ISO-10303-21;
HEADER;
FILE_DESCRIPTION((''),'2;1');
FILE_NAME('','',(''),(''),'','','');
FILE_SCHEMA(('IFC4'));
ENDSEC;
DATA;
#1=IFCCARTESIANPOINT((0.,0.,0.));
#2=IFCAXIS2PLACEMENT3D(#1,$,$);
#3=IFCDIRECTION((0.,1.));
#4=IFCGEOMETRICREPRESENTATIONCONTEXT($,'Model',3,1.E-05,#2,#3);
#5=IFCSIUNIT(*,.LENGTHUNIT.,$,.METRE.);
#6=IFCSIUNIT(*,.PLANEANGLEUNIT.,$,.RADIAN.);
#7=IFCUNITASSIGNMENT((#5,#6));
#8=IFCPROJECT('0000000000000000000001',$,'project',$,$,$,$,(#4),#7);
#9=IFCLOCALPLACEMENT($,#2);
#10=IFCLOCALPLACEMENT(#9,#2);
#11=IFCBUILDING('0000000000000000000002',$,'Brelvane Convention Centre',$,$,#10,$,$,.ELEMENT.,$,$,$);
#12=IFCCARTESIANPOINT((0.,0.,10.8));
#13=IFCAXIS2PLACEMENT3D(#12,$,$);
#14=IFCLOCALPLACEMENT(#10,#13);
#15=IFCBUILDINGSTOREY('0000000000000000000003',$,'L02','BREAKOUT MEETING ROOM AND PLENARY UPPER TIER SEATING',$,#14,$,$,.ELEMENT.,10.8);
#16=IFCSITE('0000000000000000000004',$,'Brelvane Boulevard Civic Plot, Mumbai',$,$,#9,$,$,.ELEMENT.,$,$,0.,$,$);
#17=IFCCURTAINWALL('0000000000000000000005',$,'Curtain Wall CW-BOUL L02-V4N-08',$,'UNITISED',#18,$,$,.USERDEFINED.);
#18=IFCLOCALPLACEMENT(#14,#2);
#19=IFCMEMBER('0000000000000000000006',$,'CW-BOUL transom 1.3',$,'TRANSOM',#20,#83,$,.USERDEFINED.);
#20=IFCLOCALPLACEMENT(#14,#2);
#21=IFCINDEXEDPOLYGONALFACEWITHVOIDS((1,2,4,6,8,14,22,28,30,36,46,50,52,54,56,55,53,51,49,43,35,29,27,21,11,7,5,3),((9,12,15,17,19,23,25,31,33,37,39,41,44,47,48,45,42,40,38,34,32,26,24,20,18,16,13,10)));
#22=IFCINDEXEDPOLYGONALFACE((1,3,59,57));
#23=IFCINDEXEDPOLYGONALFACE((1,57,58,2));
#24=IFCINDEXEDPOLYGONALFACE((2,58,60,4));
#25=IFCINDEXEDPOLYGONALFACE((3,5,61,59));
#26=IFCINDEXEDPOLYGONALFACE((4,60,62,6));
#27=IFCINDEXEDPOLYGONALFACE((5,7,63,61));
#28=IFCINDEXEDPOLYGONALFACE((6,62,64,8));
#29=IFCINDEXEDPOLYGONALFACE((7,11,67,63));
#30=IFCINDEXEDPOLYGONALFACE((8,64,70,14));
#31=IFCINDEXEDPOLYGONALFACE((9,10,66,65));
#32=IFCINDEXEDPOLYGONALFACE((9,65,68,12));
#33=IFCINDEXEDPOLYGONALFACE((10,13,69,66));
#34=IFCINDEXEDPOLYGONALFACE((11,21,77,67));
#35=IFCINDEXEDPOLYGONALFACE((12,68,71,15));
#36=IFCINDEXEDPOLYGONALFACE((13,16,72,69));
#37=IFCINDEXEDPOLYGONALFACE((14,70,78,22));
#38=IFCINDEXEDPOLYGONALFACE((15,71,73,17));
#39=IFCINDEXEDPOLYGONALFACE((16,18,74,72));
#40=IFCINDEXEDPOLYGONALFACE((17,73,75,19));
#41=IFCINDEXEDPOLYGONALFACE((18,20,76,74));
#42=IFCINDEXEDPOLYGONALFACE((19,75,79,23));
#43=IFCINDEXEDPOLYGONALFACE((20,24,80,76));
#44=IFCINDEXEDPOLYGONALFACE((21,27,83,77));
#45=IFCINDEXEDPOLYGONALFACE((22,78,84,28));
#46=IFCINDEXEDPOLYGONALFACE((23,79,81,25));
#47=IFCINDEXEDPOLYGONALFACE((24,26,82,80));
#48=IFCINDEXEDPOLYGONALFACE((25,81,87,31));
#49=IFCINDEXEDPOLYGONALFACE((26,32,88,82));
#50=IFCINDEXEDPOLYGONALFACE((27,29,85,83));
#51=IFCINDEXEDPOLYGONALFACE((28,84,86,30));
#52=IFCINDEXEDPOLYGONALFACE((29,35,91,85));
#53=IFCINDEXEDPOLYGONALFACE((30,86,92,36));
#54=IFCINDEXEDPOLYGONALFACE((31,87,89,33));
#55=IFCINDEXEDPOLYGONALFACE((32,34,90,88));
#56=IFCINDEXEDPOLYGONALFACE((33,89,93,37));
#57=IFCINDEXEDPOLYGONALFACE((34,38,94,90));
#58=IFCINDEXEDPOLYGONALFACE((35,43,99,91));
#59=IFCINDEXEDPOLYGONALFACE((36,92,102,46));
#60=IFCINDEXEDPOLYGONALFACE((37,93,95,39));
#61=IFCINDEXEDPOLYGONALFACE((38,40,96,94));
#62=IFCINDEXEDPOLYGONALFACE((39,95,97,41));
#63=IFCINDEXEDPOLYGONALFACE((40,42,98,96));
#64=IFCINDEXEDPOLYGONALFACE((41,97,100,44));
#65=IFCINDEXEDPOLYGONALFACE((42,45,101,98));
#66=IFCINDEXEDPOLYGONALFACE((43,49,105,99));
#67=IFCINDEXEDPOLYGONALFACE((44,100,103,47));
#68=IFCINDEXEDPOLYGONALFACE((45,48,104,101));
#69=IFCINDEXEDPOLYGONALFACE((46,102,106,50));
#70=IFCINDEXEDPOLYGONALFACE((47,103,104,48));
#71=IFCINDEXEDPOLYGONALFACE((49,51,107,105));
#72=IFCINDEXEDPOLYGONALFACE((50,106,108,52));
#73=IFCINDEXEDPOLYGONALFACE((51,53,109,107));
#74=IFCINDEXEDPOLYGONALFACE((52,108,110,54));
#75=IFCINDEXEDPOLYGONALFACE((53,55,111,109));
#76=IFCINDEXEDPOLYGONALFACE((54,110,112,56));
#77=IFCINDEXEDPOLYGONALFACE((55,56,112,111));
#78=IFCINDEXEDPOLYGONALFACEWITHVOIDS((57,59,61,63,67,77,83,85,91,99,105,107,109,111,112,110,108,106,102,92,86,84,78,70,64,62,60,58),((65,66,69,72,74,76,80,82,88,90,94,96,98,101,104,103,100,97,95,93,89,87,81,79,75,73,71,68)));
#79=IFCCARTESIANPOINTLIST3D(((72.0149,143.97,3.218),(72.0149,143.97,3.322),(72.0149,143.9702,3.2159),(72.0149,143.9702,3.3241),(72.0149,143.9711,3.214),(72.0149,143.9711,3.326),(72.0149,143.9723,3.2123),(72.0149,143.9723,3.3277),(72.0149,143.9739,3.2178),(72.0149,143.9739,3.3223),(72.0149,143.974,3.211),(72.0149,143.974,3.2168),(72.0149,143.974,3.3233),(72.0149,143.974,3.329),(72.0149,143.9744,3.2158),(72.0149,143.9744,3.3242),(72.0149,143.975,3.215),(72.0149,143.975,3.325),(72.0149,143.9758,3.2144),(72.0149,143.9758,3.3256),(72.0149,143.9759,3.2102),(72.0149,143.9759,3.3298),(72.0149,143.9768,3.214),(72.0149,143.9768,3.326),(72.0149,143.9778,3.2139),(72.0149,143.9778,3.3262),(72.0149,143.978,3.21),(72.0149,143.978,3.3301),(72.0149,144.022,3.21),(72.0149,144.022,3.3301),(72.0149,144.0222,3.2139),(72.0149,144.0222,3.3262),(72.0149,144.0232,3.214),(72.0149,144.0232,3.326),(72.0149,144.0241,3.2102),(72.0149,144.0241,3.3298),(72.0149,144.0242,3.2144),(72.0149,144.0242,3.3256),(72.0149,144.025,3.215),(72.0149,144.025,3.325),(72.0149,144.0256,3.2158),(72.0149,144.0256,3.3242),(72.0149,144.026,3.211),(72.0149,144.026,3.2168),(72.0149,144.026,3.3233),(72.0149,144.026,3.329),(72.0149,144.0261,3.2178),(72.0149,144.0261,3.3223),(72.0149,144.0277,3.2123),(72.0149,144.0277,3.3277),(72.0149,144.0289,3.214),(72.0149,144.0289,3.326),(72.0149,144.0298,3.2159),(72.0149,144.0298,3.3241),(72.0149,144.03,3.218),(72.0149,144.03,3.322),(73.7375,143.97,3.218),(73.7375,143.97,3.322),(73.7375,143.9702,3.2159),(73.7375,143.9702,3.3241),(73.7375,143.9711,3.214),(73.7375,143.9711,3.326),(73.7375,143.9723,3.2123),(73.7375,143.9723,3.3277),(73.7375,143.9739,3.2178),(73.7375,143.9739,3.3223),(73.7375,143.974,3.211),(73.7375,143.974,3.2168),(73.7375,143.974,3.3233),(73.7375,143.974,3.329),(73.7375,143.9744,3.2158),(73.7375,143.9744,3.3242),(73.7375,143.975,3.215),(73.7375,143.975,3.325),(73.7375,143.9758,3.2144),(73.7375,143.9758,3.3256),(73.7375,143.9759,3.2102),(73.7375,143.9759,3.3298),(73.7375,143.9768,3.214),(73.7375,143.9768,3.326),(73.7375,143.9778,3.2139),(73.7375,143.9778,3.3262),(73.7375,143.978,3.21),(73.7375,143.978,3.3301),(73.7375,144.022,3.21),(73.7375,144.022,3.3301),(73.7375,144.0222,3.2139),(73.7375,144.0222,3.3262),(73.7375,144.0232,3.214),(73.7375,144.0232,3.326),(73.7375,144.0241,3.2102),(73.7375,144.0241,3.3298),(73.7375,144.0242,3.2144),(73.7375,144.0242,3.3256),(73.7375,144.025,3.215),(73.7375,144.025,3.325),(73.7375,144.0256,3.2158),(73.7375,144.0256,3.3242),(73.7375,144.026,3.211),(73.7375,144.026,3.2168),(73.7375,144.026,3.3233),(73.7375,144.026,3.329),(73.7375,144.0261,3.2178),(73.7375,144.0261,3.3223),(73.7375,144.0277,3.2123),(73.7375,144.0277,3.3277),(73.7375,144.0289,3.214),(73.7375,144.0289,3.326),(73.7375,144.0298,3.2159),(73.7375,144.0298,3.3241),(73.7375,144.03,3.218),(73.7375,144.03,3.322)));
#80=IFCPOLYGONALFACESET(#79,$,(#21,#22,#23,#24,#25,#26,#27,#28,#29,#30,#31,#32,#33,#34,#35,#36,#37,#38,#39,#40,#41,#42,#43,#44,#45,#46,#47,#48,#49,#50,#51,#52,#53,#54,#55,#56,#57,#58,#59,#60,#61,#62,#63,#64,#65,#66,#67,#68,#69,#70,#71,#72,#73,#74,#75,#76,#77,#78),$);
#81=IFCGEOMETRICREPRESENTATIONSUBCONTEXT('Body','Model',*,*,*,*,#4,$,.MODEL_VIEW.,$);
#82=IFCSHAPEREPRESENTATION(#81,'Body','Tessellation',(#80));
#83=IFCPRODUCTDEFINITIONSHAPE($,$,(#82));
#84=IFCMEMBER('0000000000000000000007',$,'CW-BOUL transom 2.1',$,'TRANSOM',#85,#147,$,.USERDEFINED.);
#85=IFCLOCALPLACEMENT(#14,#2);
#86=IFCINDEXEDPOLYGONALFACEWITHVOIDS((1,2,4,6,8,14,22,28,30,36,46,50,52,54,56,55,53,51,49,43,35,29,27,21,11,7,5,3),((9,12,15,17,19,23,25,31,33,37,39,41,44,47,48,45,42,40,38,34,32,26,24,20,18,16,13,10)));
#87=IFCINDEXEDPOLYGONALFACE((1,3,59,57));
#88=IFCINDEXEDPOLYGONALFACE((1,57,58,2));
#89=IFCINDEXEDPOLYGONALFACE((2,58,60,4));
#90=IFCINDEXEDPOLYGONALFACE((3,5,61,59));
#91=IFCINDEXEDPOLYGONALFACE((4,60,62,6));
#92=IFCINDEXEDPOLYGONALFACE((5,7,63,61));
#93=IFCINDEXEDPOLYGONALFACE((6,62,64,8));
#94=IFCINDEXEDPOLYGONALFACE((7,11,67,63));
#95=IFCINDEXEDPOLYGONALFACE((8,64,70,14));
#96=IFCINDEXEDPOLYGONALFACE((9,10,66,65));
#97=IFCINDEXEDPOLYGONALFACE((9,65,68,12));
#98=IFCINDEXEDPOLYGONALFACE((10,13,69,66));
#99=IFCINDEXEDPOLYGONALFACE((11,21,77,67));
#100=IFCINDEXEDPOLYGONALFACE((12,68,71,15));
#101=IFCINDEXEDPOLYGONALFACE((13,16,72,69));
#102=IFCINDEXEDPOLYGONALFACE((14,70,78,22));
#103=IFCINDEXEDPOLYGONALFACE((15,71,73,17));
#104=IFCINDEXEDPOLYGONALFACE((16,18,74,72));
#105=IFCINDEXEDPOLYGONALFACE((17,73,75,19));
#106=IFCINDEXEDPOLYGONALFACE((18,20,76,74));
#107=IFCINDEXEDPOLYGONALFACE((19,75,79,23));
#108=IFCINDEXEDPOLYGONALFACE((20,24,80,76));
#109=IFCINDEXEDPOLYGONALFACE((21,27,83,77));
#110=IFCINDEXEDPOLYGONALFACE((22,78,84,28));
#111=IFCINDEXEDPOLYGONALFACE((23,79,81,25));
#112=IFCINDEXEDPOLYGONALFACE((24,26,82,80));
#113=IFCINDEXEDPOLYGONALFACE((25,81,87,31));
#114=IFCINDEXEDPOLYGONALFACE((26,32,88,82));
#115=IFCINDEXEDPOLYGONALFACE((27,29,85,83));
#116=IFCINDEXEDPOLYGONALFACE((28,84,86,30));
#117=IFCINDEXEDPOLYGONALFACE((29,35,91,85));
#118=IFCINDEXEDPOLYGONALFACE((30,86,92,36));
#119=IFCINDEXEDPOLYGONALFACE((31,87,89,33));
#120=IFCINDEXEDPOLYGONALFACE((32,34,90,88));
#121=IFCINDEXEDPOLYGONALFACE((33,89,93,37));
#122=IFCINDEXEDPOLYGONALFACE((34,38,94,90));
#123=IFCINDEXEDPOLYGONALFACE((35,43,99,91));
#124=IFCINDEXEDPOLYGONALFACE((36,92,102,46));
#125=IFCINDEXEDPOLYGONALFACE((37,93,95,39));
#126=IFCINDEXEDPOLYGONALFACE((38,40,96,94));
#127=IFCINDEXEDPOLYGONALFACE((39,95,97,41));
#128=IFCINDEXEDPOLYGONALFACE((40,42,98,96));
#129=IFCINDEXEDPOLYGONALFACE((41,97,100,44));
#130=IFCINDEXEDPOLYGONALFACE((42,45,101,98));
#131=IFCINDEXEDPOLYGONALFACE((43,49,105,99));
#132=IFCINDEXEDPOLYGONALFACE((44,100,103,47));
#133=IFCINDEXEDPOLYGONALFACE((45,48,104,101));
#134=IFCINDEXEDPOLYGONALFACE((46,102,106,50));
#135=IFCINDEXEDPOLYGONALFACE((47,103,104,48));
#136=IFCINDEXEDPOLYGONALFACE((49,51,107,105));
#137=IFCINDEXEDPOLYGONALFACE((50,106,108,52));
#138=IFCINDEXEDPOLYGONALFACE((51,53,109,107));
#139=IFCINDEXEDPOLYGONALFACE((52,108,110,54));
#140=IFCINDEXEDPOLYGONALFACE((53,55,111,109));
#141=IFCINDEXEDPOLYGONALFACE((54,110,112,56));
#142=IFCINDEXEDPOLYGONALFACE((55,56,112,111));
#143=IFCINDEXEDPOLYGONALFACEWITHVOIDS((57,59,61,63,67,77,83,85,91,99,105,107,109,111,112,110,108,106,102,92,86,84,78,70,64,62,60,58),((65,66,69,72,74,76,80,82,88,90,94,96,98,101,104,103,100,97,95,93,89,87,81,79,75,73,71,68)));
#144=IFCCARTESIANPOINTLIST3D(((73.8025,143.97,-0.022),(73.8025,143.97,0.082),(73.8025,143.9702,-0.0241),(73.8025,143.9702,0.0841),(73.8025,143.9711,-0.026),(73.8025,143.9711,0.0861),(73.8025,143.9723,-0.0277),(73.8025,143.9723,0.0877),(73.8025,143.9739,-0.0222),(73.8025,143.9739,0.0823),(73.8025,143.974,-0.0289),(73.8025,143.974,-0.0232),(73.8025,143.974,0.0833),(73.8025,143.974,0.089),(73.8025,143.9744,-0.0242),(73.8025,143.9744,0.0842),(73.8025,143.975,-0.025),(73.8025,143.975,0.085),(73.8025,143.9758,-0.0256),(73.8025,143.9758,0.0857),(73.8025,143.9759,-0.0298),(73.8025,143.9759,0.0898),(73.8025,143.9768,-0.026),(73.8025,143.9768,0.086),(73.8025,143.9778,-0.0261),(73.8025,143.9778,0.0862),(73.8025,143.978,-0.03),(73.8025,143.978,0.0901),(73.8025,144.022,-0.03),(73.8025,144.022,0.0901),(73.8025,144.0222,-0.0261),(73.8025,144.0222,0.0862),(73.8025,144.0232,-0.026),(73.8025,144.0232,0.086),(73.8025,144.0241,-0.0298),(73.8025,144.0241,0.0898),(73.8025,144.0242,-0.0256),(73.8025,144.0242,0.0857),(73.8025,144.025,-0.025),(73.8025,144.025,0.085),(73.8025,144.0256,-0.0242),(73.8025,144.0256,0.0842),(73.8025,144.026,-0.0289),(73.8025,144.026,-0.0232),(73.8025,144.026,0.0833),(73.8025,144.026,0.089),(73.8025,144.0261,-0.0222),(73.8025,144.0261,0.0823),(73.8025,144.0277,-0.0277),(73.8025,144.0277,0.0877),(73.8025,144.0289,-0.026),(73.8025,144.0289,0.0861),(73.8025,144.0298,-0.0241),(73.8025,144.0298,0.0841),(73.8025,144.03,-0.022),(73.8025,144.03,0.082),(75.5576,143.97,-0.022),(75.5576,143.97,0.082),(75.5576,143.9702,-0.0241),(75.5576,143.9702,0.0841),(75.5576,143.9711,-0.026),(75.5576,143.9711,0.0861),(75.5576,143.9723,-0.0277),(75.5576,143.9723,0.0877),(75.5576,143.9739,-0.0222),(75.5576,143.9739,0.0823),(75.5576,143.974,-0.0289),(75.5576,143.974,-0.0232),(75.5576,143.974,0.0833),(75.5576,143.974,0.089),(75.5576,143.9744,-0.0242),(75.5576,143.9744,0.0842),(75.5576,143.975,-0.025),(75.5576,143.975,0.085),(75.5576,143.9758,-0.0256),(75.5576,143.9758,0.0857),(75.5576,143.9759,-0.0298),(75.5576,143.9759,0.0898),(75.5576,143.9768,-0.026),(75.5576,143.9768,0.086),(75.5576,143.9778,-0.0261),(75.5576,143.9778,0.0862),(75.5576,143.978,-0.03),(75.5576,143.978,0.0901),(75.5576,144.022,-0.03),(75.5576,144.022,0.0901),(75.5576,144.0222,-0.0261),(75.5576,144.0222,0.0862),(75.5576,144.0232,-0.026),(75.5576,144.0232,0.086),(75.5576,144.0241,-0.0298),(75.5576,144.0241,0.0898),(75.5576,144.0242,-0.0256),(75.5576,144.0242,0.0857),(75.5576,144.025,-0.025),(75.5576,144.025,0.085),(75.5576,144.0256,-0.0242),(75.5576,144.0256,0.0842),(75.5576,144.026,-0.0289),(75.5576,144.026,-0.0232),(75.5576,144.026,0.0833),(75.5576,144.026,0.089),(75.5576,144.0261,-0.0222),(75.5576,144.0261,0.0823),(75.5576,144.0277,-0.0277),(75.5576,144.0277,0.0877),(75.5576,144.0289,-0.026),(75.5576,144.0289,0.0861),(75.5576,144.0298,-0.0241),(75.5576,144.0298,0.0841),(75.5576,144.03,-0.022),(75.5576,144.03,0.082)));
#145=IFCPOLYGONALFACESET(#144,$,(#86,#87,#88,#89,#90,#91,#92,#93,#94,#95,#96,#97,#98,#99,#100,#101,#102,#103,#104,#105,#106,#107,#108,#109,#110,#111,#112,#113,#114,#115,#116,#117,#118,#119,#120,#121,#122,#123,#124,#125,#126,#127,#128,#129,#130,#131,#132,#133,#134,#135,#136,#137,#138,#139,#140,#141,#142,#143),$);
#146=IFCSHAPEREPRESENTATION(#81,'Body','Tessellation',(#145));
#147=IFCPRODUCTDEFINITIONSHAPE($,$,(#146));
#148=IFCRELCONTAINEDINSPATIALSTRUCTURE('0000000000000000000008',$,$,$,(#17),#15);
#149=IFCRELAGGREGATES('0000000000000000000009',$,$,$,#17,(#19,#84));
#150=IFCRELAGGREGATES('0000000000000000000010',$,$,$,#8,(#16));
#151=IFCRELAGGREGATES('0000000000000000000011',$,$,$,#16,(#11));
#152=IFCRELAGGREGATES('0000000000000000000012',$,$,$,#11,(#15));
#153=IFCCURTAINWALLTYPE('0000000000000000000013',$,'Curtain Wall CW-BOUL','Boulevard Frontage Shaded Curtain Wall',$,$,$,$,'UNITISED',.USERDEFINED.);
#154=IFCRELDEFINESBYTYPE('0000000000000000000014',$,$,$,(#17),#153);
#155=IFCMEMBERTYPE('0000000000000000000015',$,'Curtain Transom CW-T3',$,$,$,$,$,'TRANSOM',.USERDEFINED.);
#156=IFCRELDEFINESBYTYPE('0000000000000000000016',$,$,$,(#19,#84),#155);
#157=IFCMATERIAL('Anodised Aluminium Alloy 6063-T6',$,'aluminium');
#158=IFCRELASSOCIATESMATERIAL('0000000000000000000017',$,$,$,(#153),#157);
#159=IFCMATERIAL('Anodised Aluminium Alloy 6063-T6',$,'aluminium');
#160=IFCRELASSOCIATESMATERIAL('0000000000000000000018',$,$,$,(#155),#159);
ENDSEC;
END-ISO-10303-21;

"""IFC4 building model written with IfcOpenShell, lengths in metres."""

from ifc_helpers import new_model, si_unit, direction, frame, origin, origin_2d, place, context, subcontext, project, spatial, hollow_rectangle, extrude, material, material_profile, profile_set, type_object, element, aggregate, save


model = new_model("IFC4")

# Units and contexts
model_context = context("Model", 3, precision=1e-05, world=origin(), true_north=direction((0.0, 1.0)))
body_context = subcontext(model_context, "Body", "Model", "MODEL_VIEW")
ifc_project = project(units=[si_unit("LENGTHUNIT", "METRE"), si_unit("PLANEANGLEUNIT", "RADIAN")], contexts=[model_context])

# Site, building, storey
site_placement = place(None, origin())
site = spatial("IfcSite", under=ifc_project, at=site_placement, Name="Brelvane Boulevard Civic Plot, Mumbai", CompositionType="ELEMENT", RefElevation=0.0)
building_placement = place(site_placement, origin())
building = spatial("IfcBuilding", under=site, at=building_placement, Name="Brelvane Convention Centre", CompositionType="ELEMENT")
storey_placement = place(building_placement, frame((0.0, 0.0, 10.8)))
storey = spatial("IfcBuildingStorey", under=building, at=storey_placement, Name="L02", Description="BREAKOUT MEETING ROOM AND PLENARY UPPER TIER SEATING", CompositionType="ELEMENT", Elevation=10.8)

# Shared definitions
ifc_material_1 = material(Name="Anodised Aluminium Alloy 6063-T6", Category="aluminium")
curtain_wall_type = type_object("IfcCurtainWallType", Name="Curtain Wall CW-BOUL", Description="Boulevard Frontage Shaded Curtain Wall", ElementType="UNITISED", PredefinedType="USERDEFINED", material=ifc_material_1)

# Curtain wall
curtain_wall_1_placement = place(storey_placement, origin())
curtain_wall_1 = element("IfcCurtainWall", 1, at=curtain_wall_1_placement, inside=storey, type_object=curtain_wall_type, Name="Curtain Wall CW-BOUL L02-V4N-08", ObjectType="UNITISED", PredefinedType="USERDEFINED")

# Members
ifc_material_2 = material(Name="Anodised Aluminium Alloy 6063-T6", Category="aluminium")
ifc_material_profile_1 = material_profile(ifc_material_2, hollow_rectangle(XDim=0.0601, YDim=0.1201, WallThickness=0.0039, InnerFilletRadius=0.0039, OuterFilletRadius=0.0081, at=origin_2d()), Name="ALU-T 120x60x4.0")
ifc_profile_set_1 = profile_set([ifc_material_profile_1], Name="Anodised Aluminium Alloy 6063-T6")
member_type_1 = type_object("IfcMemberType", Name="Curtain Transom CW-T3", ElementType="TRANSOM", PredefinedType="USERDEFINED", material=ifc_profile_set_1)
member_1_placement = place(storey_placement, frame((72.0149, 144.0, 3.27), z_axis=(1.0, 0.0, 0.0), x_axis=(0.0, 1.0, 0.0)))
member_1 = element("IfcMember", 2, at=member_1_placement, type_object=member_type_1, Name="CW-BOUL transom 1.3", ObjectType="TRANSOM", PredefinedType="USERDEFINED", context=body_context, shape_type="SweptSolid", body=[
    extrude(hollow_rectangle(XDim=0.0601, YDim=0.1201, WallThickness=0.0039, InnerFilletRadius=0.0039, OuterFilletRadius=0.0081, at=origin_2d()), origin(), (0.0, 0.0, 1.0), 1.7227),
])
member_2_placement = place(storey_placement, frame((73.8025, 144.0, 0.03), z_axis=(1.0, 0.0, 0.0), x_axis=(0.0, 1.0, 0.0)))
member_2 = element("IfcMember", 3, at=member_2_placement, type_object=member_type_1, Name="CW-BOUL transom 2.1", ObjectType="TRANSOM", PredefinedType="USERDEFINED", context=body_context, shape_type="SweptSolid", body=[
    extrude(hollow_rectangle(XDim=0.0601, YDim=0.1201, WallThickness=0.0039, InnerFilletRadius=0.0039, OuterFilletRadius=0.0081, at=origin_2d()), origin(), (0.0, 0.0, 1.0), 1.7551),
])

aggregate(curtain_wall_1, [member_1, member_2])

save(model, "model.ifc")
